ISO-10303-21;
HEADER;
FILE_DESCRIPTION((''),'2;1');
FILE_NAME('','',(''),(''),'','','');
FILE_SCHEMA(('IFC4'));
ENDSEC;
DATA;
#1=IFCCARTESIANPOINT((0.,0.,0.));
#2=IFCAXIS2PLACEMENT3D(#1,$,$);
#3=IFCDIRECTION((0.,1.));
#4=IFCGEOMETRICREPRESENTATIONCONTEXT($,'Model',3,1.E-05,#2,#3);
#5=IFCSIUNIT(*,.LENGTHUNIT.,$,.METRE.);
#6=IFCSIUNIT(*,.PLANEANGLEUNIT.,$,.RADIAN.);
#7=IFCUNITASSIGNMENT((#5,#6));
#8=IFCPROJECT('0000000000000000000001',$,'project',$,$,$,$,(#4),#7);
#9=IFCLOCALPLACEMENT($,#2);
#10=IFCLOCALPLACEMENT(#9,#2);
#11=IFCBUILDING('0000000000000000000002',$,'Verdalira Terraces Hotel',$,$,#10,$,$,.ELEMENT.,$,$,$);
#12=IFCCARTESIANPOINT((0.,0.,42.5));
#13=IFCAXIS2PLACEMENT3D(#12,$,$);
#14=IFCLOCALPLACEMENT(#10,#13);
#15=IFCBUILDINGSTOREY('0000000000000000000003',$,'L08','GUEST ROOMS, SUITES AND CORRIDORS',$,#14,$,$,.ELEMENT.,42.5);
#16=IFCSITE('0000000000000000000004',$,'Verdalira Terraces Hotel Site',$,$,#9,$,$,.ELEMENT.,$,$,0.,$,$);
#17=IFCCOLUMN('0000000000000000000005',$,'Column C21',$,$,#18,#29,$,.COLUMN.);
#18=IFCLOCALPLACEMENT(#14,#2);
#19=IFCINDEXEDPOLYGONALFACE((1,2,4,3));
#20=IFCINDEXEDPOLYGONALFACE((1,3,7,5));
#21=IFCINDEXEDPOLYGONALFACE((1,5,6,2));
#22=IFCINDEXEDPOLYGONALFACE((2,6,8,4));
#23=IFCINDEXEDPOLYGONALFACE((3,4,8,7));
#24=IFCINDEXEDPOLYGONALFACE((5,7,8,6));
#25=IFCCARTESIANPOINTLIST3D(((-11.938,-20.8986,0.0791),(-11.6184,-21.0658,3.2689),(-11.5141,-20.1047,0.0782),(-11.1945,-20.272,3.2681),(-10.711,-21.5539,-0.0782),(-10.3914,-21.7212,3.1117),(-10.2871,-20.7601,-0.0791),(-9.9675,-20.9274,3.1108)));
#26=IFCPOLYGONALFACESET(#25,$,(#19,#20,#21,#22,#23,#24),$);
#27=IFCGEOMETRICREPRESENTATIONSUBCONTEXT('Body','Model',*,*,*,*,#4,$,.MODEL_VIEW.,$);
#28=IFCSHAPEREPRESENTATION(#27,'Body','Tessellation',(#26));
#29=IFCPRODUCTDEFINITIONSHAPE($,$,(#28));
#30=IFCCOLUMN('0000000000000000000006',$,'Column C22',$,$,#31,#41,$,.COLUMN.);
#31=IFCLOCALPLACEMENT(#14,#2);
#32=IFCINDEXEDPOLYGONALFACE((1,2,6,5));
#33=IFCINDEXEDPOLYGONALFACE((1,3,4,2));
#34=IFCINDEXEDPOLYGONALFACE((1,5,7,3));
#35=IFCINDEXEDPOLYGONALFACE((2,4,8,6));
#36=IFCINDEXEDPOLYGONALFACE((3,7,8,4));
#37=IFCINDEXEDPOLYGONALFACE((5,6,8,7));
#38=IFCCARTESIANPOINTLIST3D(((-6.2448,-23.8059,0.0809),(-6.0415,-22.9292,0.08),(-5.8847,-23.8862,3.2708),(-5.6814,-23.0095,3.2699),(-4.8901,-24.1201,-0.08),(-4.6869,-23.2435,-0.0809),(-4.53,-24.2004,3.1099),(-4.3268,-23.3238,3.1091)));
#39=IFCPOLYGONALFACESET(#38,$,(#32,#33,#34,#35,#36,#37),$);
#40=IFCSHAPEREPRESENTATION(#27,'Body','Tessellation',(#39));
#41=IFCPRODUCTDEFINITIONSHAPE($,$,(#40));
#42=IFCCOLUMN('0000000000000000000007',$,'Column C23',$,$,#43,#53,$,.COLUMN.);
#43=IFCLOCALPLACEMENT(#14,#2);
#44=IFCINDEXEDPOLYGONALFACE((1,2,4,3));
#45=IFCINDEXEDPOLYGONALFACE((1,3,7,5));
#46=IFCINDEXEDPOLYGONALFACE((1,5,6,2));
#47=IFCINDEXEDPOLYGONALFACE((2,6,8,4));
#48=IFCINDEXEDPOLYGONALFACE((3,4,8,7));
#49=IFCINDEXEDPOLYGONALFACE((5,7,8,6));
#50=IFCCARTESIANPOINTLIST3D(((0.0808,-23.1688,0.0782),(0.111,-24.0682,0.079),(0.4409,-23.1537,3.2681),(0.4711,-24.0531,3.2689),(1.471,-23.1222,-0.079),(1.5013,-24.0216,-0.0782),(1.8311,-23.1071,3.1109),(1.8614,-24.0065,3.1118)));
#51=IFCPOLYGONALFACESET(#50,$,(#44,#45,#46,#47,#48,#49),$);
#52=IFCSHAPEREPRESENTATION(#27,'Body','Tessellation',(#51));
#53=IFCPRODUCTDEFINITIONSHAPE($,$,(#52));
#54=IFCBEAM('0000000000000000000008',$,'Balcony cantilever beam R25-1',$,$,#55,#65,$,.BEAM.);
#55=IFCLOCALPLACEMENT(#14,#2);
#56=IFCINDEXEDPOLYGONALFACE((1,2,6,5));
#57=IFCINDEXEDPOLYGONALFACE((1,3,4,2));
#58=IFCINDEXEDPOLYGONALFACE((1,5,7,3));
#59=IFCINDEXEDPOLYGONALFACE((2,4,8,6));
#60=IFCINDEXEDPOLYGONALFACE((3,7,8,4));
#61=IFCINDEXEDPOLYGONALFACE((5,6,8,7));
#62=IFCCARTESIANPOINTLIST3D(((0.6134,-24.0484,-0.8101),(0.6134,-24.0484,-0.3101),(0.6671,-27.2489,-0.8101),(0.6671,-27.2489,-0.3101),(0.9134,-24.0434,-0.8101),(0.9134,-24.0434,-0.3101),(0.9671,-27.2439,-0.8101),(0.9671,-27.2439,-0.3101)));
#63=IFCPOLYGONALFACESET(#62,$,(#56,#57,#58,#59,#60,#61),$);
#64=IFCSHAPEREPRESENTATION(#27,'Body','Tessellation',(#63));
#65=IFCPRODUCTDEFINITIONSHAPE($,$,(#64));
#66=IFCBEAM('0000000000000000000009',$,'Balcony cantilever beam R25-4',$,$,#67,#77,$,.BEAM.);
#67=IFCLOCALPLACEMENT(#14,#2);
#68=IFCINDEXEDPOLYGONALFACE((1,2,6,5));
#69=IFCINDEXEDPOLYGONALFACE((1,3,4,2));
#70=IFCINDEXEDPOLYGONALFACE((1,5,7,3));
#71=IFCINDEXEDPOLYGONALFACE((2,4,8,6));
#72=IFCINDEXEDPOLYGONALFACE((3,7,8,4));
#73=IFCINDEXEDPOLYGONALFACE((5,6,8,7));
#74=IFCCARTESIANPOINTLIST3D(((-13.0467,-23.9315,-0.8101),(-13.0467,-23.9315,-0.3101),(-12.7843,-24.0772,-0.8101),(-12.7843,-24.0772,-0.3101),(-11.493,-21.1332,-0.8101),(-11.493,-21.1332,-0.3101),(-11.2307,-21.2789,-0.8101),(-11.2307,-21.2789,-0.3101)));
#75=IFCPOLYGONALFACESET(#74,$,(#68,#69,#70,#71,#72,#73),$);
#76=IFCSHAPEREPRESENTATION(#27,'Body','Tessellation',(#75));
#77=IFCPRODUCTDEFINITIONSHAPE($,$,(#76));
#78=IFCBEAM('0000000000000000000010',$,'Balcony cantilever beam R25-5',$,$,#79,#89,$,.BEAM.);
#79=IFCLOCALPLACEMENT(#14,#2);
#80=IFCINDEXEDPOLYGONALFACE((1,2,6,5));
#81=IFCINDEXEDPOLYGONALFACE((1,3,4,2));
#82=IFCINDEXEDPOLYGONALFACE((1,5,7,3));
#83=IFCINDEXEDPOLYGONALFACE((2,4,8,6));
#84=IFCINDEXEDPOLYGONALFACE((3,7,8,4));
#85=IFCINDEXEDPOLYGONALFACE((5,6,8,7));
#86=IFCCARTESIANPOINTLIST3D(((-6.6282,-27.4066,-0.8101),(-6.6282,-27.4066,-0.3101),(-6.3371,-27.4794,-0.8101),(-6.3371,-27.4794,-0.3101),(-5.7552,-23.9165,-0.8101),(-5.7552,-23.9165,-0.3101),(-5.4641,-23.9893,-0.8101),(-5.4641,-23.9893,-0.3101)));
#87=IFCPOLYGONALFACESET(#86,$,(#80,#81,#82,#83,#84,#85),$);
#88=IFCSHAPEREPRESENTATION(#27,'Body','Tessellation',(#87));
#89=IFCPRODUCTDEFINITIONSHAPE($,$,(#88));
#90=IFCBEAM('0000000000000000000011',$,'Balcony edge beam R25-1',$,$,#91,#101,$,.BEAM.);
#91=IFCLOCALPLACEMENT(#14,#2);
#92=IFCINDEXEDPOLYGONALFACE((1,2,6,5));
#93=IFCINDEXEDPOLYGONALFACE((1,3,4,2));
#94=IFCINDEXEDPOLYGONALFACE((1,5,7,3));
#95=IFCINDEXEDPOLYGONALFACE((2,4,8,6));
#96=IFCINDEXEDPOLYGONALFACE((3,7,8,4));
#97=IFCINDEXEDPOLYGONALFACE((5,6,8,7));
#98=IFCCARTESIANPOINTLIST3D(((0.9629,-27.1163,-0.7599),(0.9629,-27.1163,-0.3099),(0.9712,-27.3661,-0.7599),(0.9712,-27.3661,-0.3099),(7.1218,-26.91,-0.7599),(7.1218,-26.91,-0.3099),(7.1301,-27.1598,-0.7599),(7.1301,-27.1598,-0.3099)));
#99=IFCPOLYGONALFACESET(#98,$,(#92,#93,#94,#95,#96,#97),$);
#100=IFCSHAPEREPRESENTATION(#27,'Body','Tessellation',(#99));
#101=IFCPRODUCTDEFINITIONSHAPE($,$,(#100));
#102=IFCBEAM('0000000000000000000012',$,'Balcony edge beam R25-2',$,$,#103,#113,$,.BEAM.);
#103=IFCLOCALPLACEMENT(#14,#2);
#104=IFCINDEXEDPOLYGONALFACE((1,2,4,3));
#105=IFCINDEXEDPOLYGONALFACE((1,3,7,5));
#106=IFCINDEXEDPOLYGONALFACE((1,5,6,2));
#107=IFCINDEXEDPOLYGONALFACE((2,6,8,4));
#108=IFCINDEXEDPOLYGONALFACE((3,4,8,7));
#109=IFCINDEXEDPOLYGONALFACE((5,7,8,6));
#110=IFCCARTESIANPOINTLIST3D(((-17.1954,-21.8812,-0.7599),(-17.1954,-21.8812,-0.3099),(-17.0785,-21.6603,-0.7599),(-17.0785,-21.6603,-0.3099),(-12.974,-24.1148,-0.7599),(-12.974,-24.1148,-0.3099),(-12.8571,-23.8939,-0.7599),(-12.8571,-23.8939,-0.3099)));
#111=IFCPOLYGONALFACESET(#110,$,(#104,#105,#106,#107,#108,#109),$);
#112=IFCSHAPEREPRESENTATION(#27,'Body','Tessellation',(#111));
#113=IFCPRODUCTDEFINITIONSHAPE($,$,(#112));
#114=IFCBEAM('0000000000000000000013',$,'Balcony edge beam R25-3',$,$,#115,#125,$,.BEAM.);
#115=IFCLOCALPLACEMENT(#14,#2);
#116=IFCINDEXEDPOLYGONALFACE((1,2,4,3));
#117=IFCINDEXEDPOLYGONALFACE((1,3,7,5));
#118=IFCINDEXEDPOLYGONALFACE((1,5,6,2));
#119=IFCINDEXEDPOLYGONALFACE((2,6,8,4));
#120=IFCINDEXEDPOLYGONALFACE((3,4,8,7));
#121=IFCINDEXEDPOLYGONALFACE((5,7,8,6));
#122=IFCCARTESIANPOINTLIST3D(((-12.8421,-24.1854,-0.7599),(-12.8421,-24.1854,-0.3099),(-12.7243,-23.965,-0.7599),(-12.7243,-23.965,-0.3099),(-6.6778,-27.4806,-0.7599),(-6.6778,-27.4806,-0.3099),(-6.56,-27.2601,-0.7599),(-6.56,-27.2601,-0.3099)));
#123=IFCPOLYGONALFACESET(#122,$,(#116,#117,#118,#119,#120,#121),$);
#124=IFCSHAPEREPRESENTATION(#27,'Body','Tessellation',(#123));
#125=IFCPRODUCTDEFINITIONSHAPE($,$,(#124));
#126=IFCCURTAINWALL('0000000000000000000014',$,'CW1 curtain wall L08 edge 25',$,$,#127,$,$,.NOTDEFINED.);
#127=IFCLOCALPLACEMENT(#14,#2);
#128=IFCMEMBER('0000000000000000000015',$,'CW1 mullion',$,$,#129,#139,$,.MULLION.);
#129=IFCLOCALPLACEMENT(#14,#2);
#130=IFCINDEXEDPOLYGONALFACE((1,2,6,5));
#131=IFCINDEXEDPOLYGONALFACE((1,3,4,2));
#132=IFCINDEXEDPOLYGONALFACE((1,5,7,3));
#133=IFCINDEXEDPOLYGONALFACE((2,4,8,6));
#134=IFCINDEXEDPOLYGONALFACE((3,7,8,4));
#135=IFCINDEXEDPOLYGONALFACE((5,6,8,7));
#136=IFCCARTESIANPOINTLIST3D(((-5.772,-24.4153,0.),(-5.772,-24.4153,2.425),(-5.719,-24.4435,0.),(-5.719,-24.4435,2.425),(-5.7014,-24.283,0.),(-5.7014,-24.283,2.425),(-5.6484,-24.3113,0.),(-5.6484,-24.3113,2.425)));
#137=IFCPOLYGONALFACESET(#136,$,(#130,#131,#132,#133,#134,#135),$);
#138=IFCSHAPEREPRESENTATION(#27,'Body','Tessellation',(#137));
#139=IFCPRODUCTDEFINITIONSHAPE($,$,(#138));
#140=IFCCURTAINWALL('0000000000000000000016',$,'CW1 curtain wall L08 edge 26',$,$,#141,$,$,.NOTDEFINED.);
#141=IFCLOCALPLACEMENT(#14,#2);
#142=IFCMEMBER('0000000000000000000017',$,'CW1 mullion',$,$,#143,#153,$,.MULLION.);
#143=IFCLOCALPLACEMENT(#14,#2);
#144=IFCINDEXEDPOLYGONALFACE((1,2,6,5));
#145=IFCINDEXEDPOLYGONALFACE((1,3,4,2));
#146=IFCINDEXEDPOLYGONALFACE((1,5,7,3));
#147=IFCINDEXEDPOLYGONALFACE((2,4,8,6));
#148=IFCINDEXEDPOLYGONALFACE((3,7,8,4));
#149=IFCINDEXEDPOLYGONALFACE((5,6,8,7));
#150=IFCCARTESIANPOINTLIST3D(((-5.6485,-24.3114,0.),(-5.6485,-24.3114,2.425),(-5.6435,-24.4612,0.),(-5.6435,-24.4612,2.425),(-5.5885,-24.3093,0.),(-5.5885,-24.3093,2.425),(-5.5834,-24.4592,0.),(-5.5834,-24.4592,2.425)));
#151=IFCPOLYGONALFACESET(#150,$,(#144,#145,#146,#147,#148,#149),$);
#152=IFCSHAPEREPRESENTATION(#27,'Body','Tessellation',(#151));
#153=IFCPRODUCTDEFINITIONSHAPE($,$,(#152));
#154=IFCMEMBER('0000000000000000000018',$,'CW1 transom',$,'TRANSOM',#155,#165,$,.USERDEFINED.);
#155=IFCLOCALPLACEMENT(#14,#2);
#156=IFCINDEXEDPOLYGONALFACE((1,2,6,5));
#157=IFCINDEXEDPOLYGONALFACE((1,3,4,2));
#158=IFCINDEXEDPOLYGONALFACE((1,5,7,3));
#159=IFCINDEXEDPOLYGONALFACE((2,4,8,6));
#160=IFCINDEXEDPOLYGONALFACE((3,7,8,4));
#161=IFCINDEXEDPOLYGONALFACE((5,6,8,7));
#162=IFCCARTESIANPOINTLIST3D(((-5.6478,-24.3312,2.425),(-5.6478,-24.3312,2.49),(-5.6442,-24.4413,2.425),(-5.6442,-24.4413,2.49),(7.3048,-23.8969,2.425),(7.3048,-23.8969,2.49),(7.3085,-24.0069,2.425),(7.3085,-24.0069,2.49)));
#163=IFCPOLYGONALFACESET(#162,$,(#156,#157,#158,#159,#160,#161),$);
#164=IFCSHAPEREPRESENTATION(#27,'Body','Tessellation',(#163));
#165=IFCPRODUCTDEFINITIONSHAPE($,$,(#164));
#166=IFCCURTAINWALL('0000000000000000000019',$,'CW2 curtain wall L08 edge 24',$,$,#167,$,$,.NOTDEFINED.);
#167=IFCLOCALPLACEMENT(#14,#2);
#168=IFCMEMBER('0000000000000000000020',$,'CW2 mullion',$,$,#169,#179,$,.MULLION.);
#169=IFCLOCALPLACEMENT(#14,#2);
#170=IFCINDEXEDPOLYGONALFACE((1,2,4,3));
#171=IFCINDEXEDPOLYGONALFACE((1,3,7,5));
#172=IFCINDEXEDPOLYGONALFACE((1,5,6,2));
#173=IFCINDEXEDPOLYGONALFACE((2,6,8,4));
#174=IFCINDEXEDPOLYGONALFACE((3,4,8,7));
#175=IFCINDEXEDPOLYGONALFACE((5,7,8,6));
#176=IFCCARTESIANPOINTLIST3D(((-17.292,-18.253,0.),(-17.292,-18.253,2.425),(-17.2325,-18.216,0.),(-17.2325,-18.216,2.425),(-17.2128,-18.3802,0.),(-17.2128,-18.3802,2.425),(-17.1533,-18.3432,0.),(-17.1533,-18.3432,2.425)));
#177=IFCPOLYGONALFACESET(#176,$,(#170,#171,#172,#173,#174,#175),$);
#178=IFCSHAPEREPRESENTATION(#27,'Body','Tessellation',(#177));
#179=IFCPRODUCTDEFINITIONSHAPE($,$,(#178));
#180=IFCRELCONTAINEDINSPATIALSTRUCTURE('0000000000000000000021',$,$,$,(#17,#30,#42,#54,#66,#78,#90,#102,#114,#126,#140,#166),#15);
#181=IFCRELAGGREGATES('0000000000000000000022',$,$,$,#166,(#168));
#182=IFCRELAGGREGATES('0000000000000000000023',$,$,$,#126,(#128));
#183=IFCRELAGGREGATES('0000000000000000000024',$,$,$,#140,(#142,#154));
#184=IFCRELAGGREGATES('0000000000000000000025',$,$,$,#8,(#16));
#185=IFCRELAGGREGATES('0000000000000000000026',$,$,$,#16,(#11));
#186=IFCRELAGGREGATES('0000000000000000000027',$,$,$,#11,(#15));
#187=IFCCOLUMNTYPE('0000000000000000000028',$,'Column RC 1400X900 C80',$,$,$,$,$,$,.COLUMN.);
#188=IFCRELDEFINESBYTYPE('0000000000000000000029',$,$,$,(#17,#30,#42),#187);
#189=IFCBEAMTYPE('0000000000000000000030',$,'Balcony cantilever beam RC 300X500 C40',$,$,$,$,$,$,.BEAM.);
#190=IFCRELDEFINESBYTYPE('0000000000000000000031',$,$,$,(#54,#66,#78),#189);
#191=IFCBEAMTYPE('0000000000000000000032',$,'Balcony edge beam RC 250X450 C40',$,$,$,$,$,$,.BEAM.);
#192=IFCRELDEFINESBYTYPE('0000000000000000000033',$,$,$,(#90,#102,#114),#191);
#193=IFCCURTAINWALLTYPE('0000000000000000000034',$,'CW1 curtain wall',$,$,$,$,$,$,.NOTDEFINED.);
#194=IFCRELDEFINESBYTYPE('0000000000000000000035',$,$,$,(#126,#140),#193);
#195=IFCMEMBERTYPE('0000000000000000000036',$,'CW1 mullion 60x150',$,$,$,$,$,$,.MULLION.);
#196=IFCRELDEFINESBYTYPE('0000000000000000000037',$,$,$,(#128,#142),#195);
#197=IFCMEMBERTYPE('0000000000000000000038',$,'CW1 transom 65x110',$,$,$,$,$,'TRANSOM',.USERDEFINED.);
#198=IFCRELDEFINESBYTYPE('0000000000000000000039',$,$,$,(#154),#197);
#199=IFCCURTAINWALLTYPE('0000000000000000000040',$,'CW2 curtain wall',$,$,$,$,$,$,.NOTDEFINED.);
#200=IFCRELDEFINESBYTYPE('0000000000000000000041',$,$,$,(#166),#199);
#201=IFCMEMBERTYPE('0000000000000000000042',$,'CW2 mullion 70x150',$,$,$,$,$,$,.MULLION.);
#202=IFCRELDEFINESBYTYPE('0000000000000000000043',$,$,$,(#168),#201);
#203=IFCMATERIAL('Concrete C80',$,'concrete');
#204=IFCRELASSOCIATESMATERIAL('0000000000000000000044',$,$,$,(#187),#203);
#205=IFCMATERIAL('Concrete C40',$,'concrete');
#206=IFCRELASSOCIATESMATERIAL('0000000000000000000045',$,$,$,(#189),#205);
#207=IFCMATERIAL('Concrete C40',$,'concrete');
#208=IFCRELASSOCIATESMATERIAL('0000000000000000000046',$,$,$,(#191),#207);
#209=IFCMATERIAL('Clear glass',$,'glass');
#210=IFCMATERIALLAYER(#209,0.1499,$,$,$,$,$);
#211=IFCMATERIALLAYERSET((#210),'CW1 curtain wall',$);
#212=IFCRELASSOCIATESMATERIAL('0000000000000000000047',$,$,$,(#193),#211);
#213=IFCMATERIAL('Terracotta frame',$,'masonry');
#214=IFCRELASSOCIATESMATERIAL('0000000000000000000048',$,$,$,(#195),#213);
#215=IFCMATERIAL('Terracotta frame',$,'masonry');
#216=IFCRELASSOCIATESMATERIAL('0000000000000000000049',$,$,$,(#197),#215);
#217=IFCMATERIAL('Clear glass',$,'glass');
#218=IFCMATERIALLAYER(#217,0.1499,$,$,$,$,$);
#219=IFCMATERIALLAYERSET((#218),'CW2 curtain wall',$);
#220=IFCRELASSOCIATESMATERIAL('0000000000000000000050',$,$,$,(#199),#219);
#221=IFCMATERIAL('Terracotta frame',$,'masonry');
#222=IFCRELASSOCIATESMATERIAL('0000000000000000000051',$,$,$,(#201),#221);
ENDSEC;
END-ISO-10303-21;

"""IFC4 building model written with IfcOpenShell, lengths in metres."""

from ifc_helpers import new_model, si_unit, direction, frame, origin, origin_2d, place, context, subcontext, project, spatial, rectangle, extrude, material, layer, layer_set, material_profile, profile_set, type_object, element, aggregate, save


model = new_model("IFC4")

# Units and contexts
model_context = context("Model", 3, precision=1e-05, world=origin(), true_north=direction((0.0, 1.0)))
body_context = subcontext(model_context, "Body", "Model", "MODEL_VIEW")
ifc_project = project(units=[si_unit("LENGTHUNIT", "METRE"), si_unit("PLANEANGLEUNIT", "RADIAN")], contexts=[model_context])

# Site, building, storey
site_placement = place(None, origin())
site = spatial("IfcSite", under=ifc_project, at=site_placement, Name="Verdalira Terraces Hotel Site", CompositionType="ELEMENT", RefElevation=0.0)
building_placement = place(site_placement, origin())
building = spatial("IfcBuilding", under=site, at=building_placement, Name="Verdalira Terraces Hotel", CompositionType="ELEMENT")
storey_placement = place(building_placement, frame((0.0, 0.0, 42.5)))
storey = spatial("IfcBuildingStorey", under=building, at=storey_placement, Name="L08", Description="GUEST ROOMS, SUITES AND CORRIDORS", CompositionType="ELEMENT", Elevation=42.5)

# Columns
ifc_material_1 = material(Name="Concrete C80", Category="concrete")
ifc_material_profile_1 = material_profile(ifc_material_1, rectangle(XDim=1.3999, YDim=0.8999, at=origin_2d()), Name="RC 1400X900")
ifc_profile_set_1 = profile_set([ifc_material_profile_1], Name="Concrete C80")
column_type = type_object("IfcColumnType", Name="Column RC 1400X900 C80", PredefinedType="COLUMN", material=ifc_profile_set_1)
column_1_placement = place(storey_placement, frame((-11.1125, -20.8293, 0.0), z_axis=(0.099549, -0.052094, 0.993668), x_axis=(0.876466, -0.468171, -0.112352)))
element("IfcColumn", 1, at=column_1_placement, inside=storey, type_object=column_type, Name="Column C21", PredefinedType="COLUMN", context=body_context, shape_type="SweptSolid", body=[
    extrude(rectangle(XDim=1.3999, YDim=0.8999, at=origin_2d()), origin(), (0.0, 0.0, 1.0), 3.2102),
])
column_2_placement = place(storey_placement, frame((-5.4658, -23.5247, 0.0), z_axis=(0.112141, -0.025013, 0.993377), x_axis=(-0.967681, 0.224483, 0.114892)))
element("IfcColumn", 2, at=column_2_placement, inside=storey, type_object=column_type, Name="Column C22", PredefinedType="COLUMN", context=body_context, shape_type="SweptSolid", body=[
    extrude(rectangle(XDim=1.3999, YDim=0.8999, at=origin_2d()), origin(), (0.0, 0.0, 1.0), 3.2112),
])
column_3_placement = place(storey_placement, frame((0.791, -23.5952, 0.0), z_axis=(0.112175, 0.004715, 0.993677), x_axis=(0.993119, 0.033306, -0.11227)))
element("IfcColumn", 3, at=column_3_placement, inside=storey, type_object=column_type, Name="Column C23", PredefinedType="COLUMN", context=body_context, shape_type="SweptSolid", body=[
    extrude(rectangle(XDim=1.3999, YDim=0.8999, at=origin_2d()), origin(), (0.0, 0.0, 1.0), 3.2102),
])

# Beams
ifc_material_2 = material(Name="Concrete C40", Category="concrete")
ifc_material_profile_2 = material_profile(ifc_material_2, rectangle(XDim=0.3, YDim=0.5, at=origin_2d()), Name="RC 300X500")
ifc_profile_set_2 = profile_set([ifc_material_profile_2], Name="Concrete C40")
beam_type_1 = type_object("IfcBeamType", Name="Balcony cantilever beam RC 300X500 C40", PredefinedType="BEAM", material=ifc_profile_set_2)
beam_1_placement = place(storey_placement, frame((0.7634, -24.0459, -0.5601), z_axis=(0.01678, -0.999859, 0.0), x_axis=(0.999859, 0.01678, 0.0)))
element("IfcBeam", 4, at=beam_1_placement, inside=storey, type_object=beam_type_1, Name="Balcony cantilever beam R25-1", PredefinedType="BEAM", context=body_context, shape_type="SweptSolid", body=[
    extrude(rectangle(XDim=0.3, YDim=0.5, at=origin_2d()), origin(), (0.0, 0.0, 1.0), 3.2009),
])
beam_2_placement = place(storey_placement, frame((-11.3618, -21.2061, -0.5601), z_axis=(-0.485423, -0.87428, 0.0), x_axis=(0.87428, -0.485423, 0.0)))
element("IfcBeam", 5, at=beam_2_placement, inside=storey, type_object=beam_type_1, Name="Balcony cantilever beam R25-4", PredefinedType="BEAM", context=body_context, shape_type="SweptSolid", body=[
    extrude(rectangle(XDim=0.3, YDim=0.5, at=origin_2d()), origin(), (0.0, 0.0, 1.0), 3.2007),
])
beam_3_placement = place(storey_placement, frame((-5.6096, -23.9529, -0.5601), z_axis=(-0.242663, -0.970111, 0.0), x_axis=(0.970111, -0.242663, 0.0)))
element("IfcBeam", 6, at=beam_3_placement, inside=storey, type_object=beam_type_1, Name="Balcony cantilever beam R25-5", PredefinedType="BEAM", context=body_context, shape_type="SweptSolid", body=[
    extrude(rectangle(XDim=0.3, YDim=0.5, at=origin_2d()), origin(), (0.0, 0.0, 1.0), 3.5977),
])
ifc_material_3 = material(Name="Concrete C40", Category="concrete")
ifc_material_profile_3 = material_profile(ifc_material_3, rectangle(XDim=0.25, YDim=0.45, at=origin_2d()), Name="RC 250X450")
ifc_profile_set_3 = profile_set([ifc_material_profile_3], Name="Concrete C40")
beam_type_2 = type_object("IfcBeamType", Name="Balcony edge beam RC 250X450 C40", PredefinedType="BEAM", material=ifc_profile_set_3)
beam_4_placement = place(storey_placement, frame((0.967, -27.2412, -0.5349), z_axis=(0.999439, 0.033477, 0.0), x_axis=(-0.033477, 0.999439, 0.0)))
element("IfcBeam", 7, at=beam_4_placement, inside=storey, type_object=beam_type_2, Name="Balcony edge beam R25-1", PredefinedType="BEAM", context=body_context, shape_type="SweptSolid", body=[
    extrude(rectangle(XDim=0.25, YDim=0.45, at=origin_2d()), origin(), (0.0, 0.0, 1.0), 6.1624),
])
beam_5_placement = place(storey_placement, frame((-17.137, -21.7708, -0.5349), z_axis=(0.883895, -0.467686, 0.0), x_axis=(0.467686, 0.883895, 0.0)))
element("IfcBeam", 8, at=beam_5_placement, inside=storey, type_object=beam_type_2, Name="Balcony edge beam R25-2", PredefinedType="BEAM", context=body_context, shape_type="SweptSolid", body=[
    extrude(rectangle(XDim=0.25, YDim=0.45, at=origin_2d()), origin(), (0.0, 0.0, 1.0), 4.7759),
])
beam_6_placement = place(storey_placement, frame((-12.7832, -24.0752, -0.5349), z_axis=(0.881905, -0.471427, 0.0), x_axis=(0.471427, 0.881905, 0.0)))
element("IfcBeam", 9, at=beam_6_placement, inside=storey, type_object=beam_type_2, Name="Balcony edge beam R25-3", PredefinedType="BEAM", context=body_context, shape_type="SweptSolid", body=[
    extrude(rectangle(XDim=0.25, YDim=0.45, at=origin_2d()), origin(), (0.0, 0.0, 1.0), 6.9897),
])

# Curtain wall, member
ifc_material_4 = material(Name="Clear glass", Category="glass")
ifc_layer_1 = layer(ifc_material_4, 0.1499)
ifc_layer_set_1 = layer_set([ifc_layer_1], Name="CW1 curtain wall")
curtain_wall_type_1 = type_object("IfcCurtainWallType", Name="CW1 curtain wall", PredefinedType="NOTDEFINED", material=ifc_layer_set_1)
curtain_wall_1_placement = place(storey_placement, origin())
curtain_wall_1 = element("IfcCurtainWall", 10, at=curtain_wall_1_placement, inside=storey, type_object=curtain_wall_type_1, Name="CW1 curtain wall L08 edge 25", PredefinedType="NOTDEFINED")
ifc_material_5 = material(Name="Terracotta frame", Category="masonry")
ifc_material_profile_4 = material_profile(ifc_material_5, rectangle(XDim=0.0601, YDim=0.1499, at=origin_2d()), Name="MU 60x150")
ifc_profile_set_4 = profile_set([ifc_material_profile_4], Name="Terracotta frame")
member_type_1 = type_object("IfcMemberType", Name="CW1 mullion 60x150", PredefinedType="MULLION", material=ifc_profile_set_4)
member_1_placement = place(storey_placement, frame((-5.7102, -24.3633, 0.0), z_axis=(0.0, 0.0, 1.0), x_axis=(0.882291, -0.470704, 0.0)))
member_1 = element("IfcMember", 11, at=member_1_placement, type_object=member_type_1, Name="CW1 mullion", PredefinedType="MULLION", context=body_context, shape_type="SweptSolid", body=[
    extrude(rectangle(XDim=0.0601, YDim=0.1499, at=origin_2d()), origin(), (0.0, 0.0, 1.0), 2.425),
])

# Curtain wall, members
curtain_wall_2_placement = place(storey_placement, origin())
curtain_wall_2 = element("IfcCurtainWall", 12, at=curtain_wall_2_placement, inside=storey, type_object=curtain_wall_type_1, Name="CW1 curtain wall L08 edge 26", PredefinedType="NOTDEFINED")
member_2_placement = place(storey_placement, frame((-5.616, -24.3853, 0.0), z_axis=(0.0, 0.0, 1.0), x_axis=(0.999439, 0.033504, 0.0)))
member_2 = element("IfcMember", 13, at=member_2_placement, type_object=member_type_1, Name="CW1 mullion", PredefinedType="MULLION", context=body_context, shape_type="SweptSolid", body=[
    extrude(rectangle(XDim=0.0601, YDim=0.1499, at=origin_2d()), origin(), (0.0, 0.0, 1.0), 2.425),
])
ifc_material_6 = material(Name="Terracotta frame", Category="masonry")
ifc_material_profile_5 = material_profile(ifc_material_6, rectangle(XDim=0.1101, YDim=0.0649, at=origin_2d()), Name="TR 65x110")
ifc_profile_set_5 = profile_set([ifc_material_profile_5], Name="Terracotta frame")
member_type_2 = type_object("IfcMemberType", Name="CW1 transom 65x110", ElementType="TRANSOM", PredefinedType="USERDEFINED", material=ifc_profile_set_5)
member_3_placement = place(storey_placement, frame((-5.646, -24.3862, 2.4575), z_axis=(0.999438, 0.033513, 0.0), x_axis=(-0.033513, 0.999438, 0.0)))
member_3 = element("IfcMember", 14, at=member_3_placement, type_object=member_type_2, Name="CW1 transom", ObjectType="TRANSOM", PredefinedType="USERDEFINED", context=body_context, shape_type="SweptSolid", body=[
    extrude(rectangle(XDim=0.1101, YDim=0.0649, at=origin_2d()), origin(), (0.0, 0.0, 1.0), 12.96),
])

# Curtain wall, member
ifc_material_7 = material(Name="Clear glass", Category="glass")
ifc_layer_2 = layer(ifc_material_7, 0.1499)
ifc_layer_set_2 = layer_set([ifc_layer_2], Name="CW2 curtain wall")
curtain_wall_type_2 = type_object("IfcCurtainWallType", Name="CW2 curtain wall", PredefinedType="NOTDEFINED", material=ifc_layer_set_2)
curtain_wall_3_placement = place(storey_placement, origin())
curtain_wall_3 = element("IfcCurtainWall", 15, at=curtain_wall_3_placement, inside=storey, type_object=curtain_wall_type_2, Name="CW2 curtain wall L08 edge 24", PredefinedType="NOTDEFINED")
ifc_material_8 = material(Name="Terracotta frame", Category="masonry")
ifc_material_profile_6 = material_profile(ifc_material_8, rectangle(XDim=0.0701, YDim=0.1499, at=origin_2d()), Name="MU 70x150")
ifc_profile_set_6 = profile_set([ifc_material_profile_6], Name="Terracotta frame")
member_type_3 = type_object("IfcMemberType", Name="CW2 mullion 70x150", PredefinedType="MULLION", material=ifc_profile_set_6)
member_4_placement = place(storey_placement, frame((-17.2227, -18.2981, 0.0), z_axis=(0.0, 0.0, 1.0), x_axis=(0.848787, 0.528735, 0.0)))
member_4 = element("IfcMember", 16, at=member_4_placement, type_object=member_type_3, Name="CW2 mullion", PredefinedType="MULLION", context=body_context, shape_type="SweptSolid", body=[
    extrude(rectangle(XDim=0.0701, YDim=0.1499, at=origin_2d()), origin(), (0.0, 0.0, 1.0), 2.425),
])
aggregate(curtain_wall_3, [member_4])

aggregate(curtain_wall_1, [member_1])
aggregate(curtain_wall_2, [member_2, member_3])

save(model, "model.ifc")
